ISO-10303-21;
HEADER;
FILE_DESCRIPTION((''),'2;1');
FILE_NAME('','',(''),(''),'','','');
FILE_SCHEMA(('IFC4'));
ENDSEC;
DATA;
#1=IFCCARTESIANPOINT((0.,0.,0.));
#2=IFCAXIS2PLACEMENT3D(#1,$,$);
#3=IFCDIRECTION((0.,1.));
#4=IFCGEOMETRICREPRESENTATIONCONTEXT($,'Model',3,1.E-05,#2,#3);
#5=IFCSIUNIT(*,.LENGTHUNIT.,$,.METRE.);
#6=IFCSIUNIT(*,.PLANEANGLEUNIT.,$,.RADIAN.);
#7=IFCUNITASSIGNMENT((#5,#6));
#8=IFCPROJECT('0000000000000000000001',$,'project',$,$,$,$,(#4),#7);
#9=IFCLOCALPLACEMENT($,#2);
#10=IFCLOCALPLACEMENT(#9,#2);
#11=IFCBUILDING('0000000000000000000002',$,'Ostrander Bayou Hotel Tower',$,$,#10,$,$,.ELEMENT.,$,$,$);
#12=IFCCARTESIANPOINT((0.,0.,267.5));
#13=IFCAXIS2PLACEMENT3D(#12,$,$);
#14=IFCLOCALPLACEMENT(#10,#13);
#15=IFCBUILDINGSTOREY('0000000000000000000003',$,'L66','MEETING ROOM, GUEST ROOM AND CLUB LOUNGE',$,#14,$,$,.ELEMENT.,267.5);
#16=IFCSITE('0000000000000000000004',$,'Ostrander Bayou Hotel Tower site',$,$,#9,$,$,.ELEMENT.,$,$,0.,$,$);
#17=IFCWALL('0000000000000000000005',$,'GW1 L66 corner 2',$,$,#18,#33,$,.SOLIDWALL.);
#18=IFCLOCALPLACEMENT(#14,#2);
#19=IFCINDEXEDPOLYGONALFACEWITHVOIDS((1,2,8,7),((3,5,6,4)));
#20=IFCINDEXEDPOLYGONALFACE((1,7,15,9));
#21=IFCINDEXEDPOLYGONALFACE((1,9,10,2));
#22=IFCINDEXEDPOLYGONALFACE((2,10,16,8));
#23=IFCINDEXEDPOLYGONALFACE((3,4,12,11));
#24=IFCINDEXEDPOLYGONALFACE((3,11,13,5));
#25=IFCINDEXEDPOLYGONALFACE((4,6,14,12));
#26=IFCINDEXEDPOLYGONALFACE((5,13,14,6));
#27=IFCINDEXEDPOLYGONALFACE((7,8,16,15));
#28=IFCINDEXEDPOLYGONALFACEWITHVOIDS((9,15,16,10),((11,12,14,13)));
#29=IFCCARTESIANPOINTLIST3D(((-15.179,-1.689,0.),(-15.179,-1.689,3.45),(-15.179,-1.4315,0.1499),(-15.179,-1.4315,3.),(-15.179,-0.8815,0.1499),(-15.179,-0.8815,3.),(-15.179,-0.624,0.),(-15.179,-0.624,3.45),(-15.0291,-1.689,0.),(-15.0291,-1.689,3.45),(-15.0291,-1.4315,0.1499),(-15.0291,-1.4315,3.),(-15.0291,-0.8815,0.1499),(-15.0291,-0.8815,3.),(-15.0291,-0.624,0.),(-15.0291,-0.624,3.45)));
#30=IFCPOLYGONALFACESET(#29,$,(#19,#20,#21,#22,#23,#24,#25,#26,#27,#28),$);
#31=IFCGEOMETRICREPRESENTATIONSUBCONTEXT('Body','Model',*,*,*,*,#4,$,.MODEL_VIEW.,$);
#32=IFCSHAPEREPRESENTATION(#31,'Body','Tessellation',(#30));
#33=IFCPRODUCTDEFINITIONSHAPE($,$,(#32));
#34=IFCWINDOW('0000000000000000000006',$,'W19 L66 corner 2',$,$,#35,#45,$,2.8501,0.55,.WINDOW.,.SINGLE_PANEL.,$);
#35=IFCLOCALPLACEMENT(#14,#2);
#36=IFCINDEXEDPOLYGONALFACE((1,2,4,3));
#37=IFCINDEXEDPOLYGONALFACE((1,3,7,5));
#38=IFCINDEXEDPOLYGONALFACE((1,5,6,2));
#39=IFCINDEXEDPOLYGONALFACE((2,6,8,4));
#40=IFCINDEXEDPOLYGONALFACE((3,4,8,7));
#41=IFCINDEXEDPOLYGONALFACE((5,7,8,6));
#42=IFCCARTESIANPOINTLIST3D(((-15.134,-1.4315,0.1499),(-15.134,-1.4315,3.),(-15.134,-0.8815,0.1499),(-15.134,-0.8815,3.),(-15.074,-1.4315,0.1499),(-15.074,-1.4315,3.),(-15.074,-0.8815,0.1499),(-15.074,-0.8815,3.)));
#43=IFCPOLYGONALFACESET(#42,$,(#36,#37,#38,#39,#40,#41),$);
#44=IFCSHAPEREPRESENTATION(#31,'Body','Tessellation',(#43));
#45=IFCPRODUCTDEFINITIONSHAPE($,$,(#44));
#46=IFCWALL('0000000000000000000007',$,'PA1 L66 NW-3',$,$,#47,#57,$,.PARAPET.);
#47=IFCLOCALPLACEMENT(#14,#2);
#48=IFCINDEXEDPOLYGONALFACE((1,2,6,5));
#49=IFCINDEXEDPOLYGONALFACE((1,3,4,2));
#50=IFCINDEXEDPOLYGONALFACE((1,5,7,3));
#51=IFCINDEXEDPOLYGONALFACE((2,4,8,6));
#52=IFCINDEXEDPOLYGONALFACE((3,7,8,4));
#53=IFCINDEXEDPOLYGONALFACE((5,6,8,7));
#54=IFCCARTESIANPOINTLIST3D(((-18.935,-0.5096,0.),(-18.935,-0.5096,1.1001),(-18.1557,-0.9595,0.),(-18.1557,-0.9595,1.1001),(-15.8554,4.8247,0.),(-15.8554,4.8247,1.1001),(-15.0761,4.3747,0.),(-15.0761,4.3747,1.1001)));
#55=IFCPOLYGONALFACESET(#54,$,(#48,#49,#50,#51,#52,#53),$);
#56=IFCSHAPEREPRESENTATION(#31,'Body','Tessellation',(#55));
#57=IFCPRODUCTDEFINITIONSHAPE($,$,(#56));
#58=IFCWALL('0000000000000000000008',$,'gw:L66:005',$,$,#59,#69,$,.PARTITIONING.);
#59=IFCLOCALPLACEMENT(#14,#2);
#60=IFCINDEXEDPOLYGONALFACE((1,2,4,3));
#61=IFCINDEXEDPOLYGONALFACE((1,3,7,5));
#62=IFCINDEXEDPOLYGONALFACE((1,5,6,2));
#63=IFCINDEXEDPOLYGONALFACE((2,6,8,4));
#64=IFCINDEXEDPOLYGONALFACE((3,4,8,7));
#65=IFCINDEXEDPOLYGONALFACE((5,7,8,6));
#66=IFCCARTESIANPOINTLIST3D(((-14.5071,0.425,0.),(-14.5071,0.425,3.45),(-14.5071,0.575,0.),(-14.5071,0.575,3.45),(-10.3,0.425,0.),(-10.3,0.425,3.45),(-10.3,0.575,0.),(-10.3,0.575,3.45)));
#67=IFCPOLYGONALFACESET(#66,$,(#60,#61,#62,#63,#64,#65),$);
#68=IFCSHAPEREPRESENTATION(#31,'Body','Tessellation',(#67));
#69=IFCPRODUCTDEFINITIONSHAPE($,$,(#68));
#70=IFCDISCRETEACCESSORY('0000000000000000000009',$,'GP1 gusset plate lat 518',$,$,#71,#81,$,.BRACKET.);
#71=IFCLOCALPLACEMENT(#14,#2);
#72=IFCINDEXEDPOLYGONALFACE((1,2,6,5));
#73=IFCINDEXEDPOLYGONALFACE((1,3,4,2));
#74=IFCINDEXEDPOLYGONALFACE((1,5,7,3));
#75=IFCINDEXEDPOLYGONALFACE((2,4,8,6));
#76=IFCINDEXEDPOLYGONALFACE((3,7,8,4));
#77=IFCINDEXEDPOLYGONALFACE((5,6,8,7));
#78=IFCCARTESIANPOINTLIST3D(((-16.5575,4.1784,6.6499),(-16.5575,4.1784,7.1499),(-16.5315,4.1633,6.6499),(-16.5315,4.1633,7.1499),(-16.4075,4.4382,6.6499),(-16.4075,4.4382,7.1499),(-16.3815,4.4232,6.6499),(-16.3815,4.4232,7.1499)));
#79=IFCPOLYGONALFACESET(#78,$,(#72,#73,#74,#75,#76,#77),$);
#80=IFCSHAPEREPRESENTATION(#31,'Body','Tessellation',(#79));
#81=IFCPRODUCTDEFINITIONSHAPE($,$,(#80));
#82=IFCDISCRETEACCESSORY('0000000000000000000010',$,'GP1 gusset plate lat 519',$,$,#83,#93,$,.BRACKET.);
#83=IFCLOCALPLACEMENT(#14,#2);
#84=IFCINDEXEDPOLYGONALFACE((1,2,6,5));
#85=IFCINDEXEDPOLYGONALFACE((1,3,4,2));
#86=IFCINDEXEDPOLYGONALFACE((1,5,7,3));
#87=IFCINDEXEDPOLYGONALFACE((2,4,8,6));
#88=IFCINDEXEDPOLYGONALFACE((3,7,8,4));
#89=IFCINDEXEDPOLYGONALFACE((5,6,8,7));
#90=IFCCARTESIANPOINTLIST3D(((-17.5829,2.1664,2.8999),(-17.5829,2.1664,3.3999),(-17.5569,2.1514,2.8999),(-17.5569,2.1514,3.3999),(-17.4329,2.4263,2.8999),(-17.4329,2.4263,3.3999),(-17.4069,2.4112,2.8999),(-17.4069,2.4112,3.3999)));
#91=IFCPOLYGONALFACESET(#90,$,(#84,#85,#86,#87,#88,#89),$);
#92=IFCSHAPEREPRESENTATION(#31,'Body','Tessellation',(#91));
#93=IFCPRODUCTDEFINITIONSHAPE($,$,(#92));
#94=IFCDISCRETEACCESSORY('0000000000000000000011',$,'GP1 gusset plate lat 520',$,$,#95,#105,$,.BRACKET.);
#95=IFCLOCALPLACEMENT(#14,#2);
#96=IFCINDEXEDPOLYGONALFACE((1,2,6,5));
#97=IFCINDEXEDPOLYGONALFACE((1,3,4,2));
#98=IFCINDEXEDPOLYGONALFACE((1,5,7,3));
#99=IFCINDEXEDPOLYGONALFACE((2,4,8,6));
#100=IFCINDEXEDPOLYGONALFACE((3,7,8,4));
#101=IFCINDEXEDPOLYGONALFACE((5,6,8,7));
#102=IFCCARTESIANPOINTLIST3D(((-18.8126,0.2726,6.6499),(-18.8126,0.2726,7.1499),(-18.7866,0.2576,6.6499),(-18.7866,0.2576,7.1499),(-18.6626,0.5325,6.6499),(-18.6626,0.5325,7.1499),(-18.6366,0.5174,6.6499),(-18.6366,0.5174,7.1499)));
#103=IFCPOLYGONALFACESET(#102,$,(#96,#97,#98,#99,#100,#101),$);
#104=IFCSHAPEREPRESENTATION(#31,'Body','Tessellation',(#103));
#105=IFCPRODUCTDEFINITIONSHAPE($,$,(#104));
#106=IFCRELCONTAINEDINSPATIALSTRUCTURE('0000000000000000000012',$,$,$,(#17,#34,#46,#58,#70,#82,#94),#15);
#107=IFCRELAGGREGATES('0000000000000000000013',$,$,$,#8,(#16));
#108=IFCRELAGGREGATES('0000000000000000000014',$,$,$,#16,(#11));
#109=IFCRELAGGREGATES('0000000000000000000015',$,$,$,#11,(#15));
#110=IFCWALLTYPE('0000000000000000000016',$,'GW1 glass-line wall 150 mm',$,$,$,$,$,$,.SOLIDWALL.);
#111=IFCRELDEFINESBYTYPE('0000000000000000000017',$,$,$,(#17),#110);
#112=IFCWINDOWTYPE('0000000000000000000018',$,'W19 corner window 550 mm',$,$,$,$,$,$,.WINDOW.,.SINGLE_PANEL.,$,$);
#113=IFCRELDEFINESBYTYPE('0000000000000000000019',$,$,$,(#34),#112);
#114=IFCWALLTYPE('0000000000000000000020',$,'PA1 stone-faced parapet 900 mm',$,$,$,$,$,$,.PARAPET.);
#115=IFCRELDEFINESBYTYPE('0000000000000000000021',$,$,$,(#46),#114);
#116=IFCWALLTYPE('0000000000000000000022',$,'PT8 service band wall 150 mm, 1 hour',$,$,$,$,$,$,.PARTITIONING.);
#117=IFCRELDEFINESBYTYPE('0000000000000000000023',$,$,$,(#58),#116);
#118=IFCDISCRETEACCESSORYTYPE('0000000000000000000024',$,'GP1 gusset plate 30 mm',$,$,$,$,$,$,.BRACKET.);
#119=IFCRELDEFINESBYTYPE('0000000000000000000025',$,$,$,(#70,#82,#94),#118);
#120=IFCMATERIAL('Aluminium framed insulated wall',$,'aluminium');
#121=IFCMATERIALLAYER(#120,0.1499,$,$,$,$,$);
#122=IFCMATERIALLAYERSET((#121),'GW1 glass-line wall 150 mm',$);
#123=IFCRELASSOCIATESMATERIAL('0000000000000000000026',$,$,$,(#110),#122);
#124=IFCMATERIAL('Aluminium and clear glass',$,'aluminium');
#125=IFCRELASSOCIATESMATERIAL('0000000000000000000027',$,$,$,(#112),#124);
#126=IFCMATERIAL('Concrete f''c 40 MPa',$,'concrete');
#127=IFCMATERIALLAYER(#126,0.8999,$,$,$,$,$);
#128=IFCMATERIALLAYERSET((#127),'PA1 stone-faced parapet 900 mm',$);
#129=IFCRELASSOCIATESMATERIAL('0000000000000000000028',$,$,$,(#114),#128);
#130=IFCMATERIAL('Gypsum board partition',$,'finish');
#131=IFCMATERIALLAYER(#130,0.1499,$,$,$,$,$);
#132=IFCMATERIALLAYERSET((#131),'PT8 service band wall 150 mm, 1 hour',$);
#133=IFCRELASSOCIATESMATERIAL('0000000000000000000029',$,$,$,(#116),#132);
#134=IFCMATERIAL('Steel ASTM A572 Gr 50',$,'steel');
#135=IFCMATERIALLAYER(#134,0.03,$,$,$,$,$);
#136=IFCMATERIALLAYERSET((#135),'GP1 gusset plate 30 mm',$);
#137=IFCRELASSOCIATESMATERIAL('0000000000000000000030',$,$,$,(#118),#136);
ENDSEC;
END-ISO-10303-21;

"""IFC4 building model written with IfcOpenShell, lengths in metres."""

from ifc_helpers import new_model, si_unit, direction, frame, frame_2d, origin, origin_2d, place, context, subcontext, project, spatial, rectangle, extrude, material, layer, layer_set, type_object, element, fill, save


model = new_model("IFC4")

# Units and contexts
model_context = context("Model", 3, precision=1e-05, world=origin(), true_north=direction((0.0, 1.0)))
body_context = subcontext(model_context, "Body", "Model", "MODEL_VIEW")
ifc_project = project(units=[si_unit("LENGTHUNIT", "METRE"), si_unit("PLANEANGLEUNIT", "RADIAN")], contexts=[model_context])

# Site, building, storey
site_placement = place(None, origin())
site = spatial("IfcSite", under=ifc_project, at=site_placement, Name="Ostrander Bayou Hotel Tower site", CompositionType="ELEMENT", RefElevation=0.0)
building_placement = place(site_placement, origin())
building = spatial("IfcBuilding", under=site, at=building_placement, Name="Ostrander Bayou Hotel Tower", CompositionType="ELEMENT")
storey_placement = place(building_placement, frame((0.0, 0.0, 267.5)))
storey = spatial("IfcBuildingStorey", under=building, at=storey_placement, Name="L66", Description="MEETING ROOM, GUEST ROOM AND CLUB LOUNGE", CompositionType="ELEMENT", Elevation=267.5)

# Wall, opening, window
ifc_material_1 = material(Name="Aluminium framed insulated wall", Category="aluminium")
ifc_layer_1 = layer(ifc_material_1, 0.1499)
ifc_layer_set_1 = layer_set([ifc_layer_1], Name="GW1 glass-line wall 150 mm")
wall_type_1 = type_object("IfcWallType", Name="GW1 glass-line wall 150 mm", PredefinedType="SOLIDWALL", material=ifc_layer_set_1)
wall_1_placement = place(storey_placement, frame((-15.104, -0.624, 0.0), z_axis=(0.0, 0.0, 1.0), x_axis=(0.0, -1.0, 0.0)))
wall_1 = element("IfcWall", 1, at=wall_1_placement, inside=storey, type_object=wall_type_1, Name="GW1 L66 corner 2", PredefinedType="SOLIDWALL", context=body_context, shape_type="SweptSolid", body=[
    extrude(rectangle(XDim=1.0649, YDim=0.1499, at=frame_2d((0.5325, 0.0))), origin(), (0.0, 0.0, 1.0), 3.45),
])
opening_placement = place(wall_1_placement, frame((0.2576, 0.0, 0.1499)))
opening = element("IfcOpeningElement", 2, at=opening_placement, cuts=wall_1, PredefinedType="OPENING", context=body_context, shape_type="SweptSolid", body=[
    extrude(rectangle(XDim=0.55, YDim=2.8501, at=frame_2d((0.2749, 1.425))), frame((0.0, 0.075, 0.0), z_axis=(0.0, -1.0, 0.0), x_axis=(1.0, 0.0, 0.0)), (0.0, 0.0, 1.0), 0.1499),
])
ifc_material_2 = material(Name="Aluminium and clear glass", Category="aluminium")
window_type = type_object("IfcWindowType", Name="W19 corner window 550 mm", PartitioningType="SINGLE_PANEL", PredefinedType="WINDOW", material=ifc_material_2)
window_placement = place(opening_placement, origin())
window = element("IfcWindow", 3, at=window_placement, inside=storey, type_object=window_type, Name="W19 L66 corner 2", OverallHeight=2.8501, OverallWidth=0.55, PartitioningType="SINGLE_PANEL", PredefinedType="WINDOW", context=body_context, shape_type="SweptSolid", body=[
    extrude(rectangle(XDim=0.55, YDim=2.8501, at=frame_2d((0.2749, 1.425))), frame((0.0, 0.03, 0.0), z_axis=(0.0, -1.0, 0.0), x_axis=(1.0, 0.0, 0.0)), (0.0, 0.0, 1.0), 0.0601),
])
fill(opening, window)

# Walls
ifc_material_3 = material(Name="Concrete f'c 40 MPa", Category="concrete")
ifc_layer_2 = layer(ifc_material_3, 0.8999)
ifc_layer_set_2 = layer_set([ifc_layer_2], Name="PA1 stone-faced parapet 900 mm")
wall_type_2 = type_object("IfcWallType", Name="PA1 stone-faced parapet 900 mm", PredefinedType="PARAPET", material=ifc_layer_set_2)
wall_2_placement = place(storey_placement, frame((-15.4658, 4.5996, 0.0), z_axis=(0.0, 0.0, 1.0), x_axis=(-0.499984, -0.866034, 0.0)))
element("IfcWall", 4, at=wall_2_placement, inside=storey, type_object=wall_type_2, Name="PA1 L66 NW-3", PredefinedType="PARAPET", context=body_context, shape_type="SweptSolid", body=[
    extrude(rectangle(XDim=6.1594, YDim=0.8999, at=frame_2d((3.0796, 0.0))), origin(), (0.0, 0.0, 1.0), 1.1001),
])
ifc_material_4 = material(Name="Gypsum board partition", Category="finish")
ifc_layer_3 = layer(ifc_material_4, 0.1499)
ifc_layer_set_3 = layer_set([ifc_layer_3], Name="PT8 service band wall 150 mm, 1 hour")
wall_type_3 = type_object("IfcWallType", Name="PT8 service band wall 150 mm, 1 hour", PredefinedType="PARTITIONING", material=ifc_layer_set_3)
wall_3_placement = place(storey_placement, frame((-14.5071, 0.5, 0.0), z_axis=(0.0, 0.0, 1.0), x_axis=(1.0, 0.0, 0.0)))
element("IfcWall", 5, at=wall_3_placement, inside=storey, type_object=wall_type_3, Name="gw:L66:005", PredefinedType="PARTITIONING", context=body_context, shape_type="SweptSolid", body=[
    extrude(rectangle(XDim=4.207, YDim=0.1499, at=frame_2d((2.1035, 0.0))), origin(), (0.0, 0.0, 1.0), 3.45),
])

# Discrete accessories
ifc_material_5 = material(Name="Steel ASTM A572 Gr 50", Category="steel")
ifc_layer_4 = layer(ifc_material_5, 0.03)
ifc_layer_set_4 = layer_set([ifc_layer_4], Name="GP1 gusset plate 30 mm")
discrete_accessory_type = type_object("IfcDiscreteAccessoryType", Name="GP1 gusset plate 30 mm", PredefinedType="BRACKET", material=ifc_layer_set_4)
for number, where, z_axis, x_axis, name in (
    (6, (-16.4695, 4.3008, 6.6499), (0.0, 0.0, 1.0), (-0.5, -0.866025, 0.0), "GP1 gusset plate lat 518"),
    (7, (-17.4949, 2.2888, 2.8999), (0.0, 0.0, 1.0), (-0.5, -0.866025, 0.0), "GP1 gusset plate lat 519"),
    (8, (-18.7246, 0.395, 6.6499), (0.0, 0.0, 1.0), (-0.5, -0.866025, 0.0), "GP1 gusset plate lat 520"),
):
    element("IfcDiscreteAccessory", number, at=place(storey_placement, frame(where, z_axis=z_axis, x_axis=x_axis)), inside=storey, type_object=discrete_accessory_type, Name=name, PredefinedType="BRACKET", context=body_context, shape_type="SweptSolid", body=[
        extrude(rectangle(XDim=0.3, YDim=0.03, at=origin_2d()), origin(), (0.0, 0.0, 1.0), 0.5),
    ])

save(model, "model.ifc")
